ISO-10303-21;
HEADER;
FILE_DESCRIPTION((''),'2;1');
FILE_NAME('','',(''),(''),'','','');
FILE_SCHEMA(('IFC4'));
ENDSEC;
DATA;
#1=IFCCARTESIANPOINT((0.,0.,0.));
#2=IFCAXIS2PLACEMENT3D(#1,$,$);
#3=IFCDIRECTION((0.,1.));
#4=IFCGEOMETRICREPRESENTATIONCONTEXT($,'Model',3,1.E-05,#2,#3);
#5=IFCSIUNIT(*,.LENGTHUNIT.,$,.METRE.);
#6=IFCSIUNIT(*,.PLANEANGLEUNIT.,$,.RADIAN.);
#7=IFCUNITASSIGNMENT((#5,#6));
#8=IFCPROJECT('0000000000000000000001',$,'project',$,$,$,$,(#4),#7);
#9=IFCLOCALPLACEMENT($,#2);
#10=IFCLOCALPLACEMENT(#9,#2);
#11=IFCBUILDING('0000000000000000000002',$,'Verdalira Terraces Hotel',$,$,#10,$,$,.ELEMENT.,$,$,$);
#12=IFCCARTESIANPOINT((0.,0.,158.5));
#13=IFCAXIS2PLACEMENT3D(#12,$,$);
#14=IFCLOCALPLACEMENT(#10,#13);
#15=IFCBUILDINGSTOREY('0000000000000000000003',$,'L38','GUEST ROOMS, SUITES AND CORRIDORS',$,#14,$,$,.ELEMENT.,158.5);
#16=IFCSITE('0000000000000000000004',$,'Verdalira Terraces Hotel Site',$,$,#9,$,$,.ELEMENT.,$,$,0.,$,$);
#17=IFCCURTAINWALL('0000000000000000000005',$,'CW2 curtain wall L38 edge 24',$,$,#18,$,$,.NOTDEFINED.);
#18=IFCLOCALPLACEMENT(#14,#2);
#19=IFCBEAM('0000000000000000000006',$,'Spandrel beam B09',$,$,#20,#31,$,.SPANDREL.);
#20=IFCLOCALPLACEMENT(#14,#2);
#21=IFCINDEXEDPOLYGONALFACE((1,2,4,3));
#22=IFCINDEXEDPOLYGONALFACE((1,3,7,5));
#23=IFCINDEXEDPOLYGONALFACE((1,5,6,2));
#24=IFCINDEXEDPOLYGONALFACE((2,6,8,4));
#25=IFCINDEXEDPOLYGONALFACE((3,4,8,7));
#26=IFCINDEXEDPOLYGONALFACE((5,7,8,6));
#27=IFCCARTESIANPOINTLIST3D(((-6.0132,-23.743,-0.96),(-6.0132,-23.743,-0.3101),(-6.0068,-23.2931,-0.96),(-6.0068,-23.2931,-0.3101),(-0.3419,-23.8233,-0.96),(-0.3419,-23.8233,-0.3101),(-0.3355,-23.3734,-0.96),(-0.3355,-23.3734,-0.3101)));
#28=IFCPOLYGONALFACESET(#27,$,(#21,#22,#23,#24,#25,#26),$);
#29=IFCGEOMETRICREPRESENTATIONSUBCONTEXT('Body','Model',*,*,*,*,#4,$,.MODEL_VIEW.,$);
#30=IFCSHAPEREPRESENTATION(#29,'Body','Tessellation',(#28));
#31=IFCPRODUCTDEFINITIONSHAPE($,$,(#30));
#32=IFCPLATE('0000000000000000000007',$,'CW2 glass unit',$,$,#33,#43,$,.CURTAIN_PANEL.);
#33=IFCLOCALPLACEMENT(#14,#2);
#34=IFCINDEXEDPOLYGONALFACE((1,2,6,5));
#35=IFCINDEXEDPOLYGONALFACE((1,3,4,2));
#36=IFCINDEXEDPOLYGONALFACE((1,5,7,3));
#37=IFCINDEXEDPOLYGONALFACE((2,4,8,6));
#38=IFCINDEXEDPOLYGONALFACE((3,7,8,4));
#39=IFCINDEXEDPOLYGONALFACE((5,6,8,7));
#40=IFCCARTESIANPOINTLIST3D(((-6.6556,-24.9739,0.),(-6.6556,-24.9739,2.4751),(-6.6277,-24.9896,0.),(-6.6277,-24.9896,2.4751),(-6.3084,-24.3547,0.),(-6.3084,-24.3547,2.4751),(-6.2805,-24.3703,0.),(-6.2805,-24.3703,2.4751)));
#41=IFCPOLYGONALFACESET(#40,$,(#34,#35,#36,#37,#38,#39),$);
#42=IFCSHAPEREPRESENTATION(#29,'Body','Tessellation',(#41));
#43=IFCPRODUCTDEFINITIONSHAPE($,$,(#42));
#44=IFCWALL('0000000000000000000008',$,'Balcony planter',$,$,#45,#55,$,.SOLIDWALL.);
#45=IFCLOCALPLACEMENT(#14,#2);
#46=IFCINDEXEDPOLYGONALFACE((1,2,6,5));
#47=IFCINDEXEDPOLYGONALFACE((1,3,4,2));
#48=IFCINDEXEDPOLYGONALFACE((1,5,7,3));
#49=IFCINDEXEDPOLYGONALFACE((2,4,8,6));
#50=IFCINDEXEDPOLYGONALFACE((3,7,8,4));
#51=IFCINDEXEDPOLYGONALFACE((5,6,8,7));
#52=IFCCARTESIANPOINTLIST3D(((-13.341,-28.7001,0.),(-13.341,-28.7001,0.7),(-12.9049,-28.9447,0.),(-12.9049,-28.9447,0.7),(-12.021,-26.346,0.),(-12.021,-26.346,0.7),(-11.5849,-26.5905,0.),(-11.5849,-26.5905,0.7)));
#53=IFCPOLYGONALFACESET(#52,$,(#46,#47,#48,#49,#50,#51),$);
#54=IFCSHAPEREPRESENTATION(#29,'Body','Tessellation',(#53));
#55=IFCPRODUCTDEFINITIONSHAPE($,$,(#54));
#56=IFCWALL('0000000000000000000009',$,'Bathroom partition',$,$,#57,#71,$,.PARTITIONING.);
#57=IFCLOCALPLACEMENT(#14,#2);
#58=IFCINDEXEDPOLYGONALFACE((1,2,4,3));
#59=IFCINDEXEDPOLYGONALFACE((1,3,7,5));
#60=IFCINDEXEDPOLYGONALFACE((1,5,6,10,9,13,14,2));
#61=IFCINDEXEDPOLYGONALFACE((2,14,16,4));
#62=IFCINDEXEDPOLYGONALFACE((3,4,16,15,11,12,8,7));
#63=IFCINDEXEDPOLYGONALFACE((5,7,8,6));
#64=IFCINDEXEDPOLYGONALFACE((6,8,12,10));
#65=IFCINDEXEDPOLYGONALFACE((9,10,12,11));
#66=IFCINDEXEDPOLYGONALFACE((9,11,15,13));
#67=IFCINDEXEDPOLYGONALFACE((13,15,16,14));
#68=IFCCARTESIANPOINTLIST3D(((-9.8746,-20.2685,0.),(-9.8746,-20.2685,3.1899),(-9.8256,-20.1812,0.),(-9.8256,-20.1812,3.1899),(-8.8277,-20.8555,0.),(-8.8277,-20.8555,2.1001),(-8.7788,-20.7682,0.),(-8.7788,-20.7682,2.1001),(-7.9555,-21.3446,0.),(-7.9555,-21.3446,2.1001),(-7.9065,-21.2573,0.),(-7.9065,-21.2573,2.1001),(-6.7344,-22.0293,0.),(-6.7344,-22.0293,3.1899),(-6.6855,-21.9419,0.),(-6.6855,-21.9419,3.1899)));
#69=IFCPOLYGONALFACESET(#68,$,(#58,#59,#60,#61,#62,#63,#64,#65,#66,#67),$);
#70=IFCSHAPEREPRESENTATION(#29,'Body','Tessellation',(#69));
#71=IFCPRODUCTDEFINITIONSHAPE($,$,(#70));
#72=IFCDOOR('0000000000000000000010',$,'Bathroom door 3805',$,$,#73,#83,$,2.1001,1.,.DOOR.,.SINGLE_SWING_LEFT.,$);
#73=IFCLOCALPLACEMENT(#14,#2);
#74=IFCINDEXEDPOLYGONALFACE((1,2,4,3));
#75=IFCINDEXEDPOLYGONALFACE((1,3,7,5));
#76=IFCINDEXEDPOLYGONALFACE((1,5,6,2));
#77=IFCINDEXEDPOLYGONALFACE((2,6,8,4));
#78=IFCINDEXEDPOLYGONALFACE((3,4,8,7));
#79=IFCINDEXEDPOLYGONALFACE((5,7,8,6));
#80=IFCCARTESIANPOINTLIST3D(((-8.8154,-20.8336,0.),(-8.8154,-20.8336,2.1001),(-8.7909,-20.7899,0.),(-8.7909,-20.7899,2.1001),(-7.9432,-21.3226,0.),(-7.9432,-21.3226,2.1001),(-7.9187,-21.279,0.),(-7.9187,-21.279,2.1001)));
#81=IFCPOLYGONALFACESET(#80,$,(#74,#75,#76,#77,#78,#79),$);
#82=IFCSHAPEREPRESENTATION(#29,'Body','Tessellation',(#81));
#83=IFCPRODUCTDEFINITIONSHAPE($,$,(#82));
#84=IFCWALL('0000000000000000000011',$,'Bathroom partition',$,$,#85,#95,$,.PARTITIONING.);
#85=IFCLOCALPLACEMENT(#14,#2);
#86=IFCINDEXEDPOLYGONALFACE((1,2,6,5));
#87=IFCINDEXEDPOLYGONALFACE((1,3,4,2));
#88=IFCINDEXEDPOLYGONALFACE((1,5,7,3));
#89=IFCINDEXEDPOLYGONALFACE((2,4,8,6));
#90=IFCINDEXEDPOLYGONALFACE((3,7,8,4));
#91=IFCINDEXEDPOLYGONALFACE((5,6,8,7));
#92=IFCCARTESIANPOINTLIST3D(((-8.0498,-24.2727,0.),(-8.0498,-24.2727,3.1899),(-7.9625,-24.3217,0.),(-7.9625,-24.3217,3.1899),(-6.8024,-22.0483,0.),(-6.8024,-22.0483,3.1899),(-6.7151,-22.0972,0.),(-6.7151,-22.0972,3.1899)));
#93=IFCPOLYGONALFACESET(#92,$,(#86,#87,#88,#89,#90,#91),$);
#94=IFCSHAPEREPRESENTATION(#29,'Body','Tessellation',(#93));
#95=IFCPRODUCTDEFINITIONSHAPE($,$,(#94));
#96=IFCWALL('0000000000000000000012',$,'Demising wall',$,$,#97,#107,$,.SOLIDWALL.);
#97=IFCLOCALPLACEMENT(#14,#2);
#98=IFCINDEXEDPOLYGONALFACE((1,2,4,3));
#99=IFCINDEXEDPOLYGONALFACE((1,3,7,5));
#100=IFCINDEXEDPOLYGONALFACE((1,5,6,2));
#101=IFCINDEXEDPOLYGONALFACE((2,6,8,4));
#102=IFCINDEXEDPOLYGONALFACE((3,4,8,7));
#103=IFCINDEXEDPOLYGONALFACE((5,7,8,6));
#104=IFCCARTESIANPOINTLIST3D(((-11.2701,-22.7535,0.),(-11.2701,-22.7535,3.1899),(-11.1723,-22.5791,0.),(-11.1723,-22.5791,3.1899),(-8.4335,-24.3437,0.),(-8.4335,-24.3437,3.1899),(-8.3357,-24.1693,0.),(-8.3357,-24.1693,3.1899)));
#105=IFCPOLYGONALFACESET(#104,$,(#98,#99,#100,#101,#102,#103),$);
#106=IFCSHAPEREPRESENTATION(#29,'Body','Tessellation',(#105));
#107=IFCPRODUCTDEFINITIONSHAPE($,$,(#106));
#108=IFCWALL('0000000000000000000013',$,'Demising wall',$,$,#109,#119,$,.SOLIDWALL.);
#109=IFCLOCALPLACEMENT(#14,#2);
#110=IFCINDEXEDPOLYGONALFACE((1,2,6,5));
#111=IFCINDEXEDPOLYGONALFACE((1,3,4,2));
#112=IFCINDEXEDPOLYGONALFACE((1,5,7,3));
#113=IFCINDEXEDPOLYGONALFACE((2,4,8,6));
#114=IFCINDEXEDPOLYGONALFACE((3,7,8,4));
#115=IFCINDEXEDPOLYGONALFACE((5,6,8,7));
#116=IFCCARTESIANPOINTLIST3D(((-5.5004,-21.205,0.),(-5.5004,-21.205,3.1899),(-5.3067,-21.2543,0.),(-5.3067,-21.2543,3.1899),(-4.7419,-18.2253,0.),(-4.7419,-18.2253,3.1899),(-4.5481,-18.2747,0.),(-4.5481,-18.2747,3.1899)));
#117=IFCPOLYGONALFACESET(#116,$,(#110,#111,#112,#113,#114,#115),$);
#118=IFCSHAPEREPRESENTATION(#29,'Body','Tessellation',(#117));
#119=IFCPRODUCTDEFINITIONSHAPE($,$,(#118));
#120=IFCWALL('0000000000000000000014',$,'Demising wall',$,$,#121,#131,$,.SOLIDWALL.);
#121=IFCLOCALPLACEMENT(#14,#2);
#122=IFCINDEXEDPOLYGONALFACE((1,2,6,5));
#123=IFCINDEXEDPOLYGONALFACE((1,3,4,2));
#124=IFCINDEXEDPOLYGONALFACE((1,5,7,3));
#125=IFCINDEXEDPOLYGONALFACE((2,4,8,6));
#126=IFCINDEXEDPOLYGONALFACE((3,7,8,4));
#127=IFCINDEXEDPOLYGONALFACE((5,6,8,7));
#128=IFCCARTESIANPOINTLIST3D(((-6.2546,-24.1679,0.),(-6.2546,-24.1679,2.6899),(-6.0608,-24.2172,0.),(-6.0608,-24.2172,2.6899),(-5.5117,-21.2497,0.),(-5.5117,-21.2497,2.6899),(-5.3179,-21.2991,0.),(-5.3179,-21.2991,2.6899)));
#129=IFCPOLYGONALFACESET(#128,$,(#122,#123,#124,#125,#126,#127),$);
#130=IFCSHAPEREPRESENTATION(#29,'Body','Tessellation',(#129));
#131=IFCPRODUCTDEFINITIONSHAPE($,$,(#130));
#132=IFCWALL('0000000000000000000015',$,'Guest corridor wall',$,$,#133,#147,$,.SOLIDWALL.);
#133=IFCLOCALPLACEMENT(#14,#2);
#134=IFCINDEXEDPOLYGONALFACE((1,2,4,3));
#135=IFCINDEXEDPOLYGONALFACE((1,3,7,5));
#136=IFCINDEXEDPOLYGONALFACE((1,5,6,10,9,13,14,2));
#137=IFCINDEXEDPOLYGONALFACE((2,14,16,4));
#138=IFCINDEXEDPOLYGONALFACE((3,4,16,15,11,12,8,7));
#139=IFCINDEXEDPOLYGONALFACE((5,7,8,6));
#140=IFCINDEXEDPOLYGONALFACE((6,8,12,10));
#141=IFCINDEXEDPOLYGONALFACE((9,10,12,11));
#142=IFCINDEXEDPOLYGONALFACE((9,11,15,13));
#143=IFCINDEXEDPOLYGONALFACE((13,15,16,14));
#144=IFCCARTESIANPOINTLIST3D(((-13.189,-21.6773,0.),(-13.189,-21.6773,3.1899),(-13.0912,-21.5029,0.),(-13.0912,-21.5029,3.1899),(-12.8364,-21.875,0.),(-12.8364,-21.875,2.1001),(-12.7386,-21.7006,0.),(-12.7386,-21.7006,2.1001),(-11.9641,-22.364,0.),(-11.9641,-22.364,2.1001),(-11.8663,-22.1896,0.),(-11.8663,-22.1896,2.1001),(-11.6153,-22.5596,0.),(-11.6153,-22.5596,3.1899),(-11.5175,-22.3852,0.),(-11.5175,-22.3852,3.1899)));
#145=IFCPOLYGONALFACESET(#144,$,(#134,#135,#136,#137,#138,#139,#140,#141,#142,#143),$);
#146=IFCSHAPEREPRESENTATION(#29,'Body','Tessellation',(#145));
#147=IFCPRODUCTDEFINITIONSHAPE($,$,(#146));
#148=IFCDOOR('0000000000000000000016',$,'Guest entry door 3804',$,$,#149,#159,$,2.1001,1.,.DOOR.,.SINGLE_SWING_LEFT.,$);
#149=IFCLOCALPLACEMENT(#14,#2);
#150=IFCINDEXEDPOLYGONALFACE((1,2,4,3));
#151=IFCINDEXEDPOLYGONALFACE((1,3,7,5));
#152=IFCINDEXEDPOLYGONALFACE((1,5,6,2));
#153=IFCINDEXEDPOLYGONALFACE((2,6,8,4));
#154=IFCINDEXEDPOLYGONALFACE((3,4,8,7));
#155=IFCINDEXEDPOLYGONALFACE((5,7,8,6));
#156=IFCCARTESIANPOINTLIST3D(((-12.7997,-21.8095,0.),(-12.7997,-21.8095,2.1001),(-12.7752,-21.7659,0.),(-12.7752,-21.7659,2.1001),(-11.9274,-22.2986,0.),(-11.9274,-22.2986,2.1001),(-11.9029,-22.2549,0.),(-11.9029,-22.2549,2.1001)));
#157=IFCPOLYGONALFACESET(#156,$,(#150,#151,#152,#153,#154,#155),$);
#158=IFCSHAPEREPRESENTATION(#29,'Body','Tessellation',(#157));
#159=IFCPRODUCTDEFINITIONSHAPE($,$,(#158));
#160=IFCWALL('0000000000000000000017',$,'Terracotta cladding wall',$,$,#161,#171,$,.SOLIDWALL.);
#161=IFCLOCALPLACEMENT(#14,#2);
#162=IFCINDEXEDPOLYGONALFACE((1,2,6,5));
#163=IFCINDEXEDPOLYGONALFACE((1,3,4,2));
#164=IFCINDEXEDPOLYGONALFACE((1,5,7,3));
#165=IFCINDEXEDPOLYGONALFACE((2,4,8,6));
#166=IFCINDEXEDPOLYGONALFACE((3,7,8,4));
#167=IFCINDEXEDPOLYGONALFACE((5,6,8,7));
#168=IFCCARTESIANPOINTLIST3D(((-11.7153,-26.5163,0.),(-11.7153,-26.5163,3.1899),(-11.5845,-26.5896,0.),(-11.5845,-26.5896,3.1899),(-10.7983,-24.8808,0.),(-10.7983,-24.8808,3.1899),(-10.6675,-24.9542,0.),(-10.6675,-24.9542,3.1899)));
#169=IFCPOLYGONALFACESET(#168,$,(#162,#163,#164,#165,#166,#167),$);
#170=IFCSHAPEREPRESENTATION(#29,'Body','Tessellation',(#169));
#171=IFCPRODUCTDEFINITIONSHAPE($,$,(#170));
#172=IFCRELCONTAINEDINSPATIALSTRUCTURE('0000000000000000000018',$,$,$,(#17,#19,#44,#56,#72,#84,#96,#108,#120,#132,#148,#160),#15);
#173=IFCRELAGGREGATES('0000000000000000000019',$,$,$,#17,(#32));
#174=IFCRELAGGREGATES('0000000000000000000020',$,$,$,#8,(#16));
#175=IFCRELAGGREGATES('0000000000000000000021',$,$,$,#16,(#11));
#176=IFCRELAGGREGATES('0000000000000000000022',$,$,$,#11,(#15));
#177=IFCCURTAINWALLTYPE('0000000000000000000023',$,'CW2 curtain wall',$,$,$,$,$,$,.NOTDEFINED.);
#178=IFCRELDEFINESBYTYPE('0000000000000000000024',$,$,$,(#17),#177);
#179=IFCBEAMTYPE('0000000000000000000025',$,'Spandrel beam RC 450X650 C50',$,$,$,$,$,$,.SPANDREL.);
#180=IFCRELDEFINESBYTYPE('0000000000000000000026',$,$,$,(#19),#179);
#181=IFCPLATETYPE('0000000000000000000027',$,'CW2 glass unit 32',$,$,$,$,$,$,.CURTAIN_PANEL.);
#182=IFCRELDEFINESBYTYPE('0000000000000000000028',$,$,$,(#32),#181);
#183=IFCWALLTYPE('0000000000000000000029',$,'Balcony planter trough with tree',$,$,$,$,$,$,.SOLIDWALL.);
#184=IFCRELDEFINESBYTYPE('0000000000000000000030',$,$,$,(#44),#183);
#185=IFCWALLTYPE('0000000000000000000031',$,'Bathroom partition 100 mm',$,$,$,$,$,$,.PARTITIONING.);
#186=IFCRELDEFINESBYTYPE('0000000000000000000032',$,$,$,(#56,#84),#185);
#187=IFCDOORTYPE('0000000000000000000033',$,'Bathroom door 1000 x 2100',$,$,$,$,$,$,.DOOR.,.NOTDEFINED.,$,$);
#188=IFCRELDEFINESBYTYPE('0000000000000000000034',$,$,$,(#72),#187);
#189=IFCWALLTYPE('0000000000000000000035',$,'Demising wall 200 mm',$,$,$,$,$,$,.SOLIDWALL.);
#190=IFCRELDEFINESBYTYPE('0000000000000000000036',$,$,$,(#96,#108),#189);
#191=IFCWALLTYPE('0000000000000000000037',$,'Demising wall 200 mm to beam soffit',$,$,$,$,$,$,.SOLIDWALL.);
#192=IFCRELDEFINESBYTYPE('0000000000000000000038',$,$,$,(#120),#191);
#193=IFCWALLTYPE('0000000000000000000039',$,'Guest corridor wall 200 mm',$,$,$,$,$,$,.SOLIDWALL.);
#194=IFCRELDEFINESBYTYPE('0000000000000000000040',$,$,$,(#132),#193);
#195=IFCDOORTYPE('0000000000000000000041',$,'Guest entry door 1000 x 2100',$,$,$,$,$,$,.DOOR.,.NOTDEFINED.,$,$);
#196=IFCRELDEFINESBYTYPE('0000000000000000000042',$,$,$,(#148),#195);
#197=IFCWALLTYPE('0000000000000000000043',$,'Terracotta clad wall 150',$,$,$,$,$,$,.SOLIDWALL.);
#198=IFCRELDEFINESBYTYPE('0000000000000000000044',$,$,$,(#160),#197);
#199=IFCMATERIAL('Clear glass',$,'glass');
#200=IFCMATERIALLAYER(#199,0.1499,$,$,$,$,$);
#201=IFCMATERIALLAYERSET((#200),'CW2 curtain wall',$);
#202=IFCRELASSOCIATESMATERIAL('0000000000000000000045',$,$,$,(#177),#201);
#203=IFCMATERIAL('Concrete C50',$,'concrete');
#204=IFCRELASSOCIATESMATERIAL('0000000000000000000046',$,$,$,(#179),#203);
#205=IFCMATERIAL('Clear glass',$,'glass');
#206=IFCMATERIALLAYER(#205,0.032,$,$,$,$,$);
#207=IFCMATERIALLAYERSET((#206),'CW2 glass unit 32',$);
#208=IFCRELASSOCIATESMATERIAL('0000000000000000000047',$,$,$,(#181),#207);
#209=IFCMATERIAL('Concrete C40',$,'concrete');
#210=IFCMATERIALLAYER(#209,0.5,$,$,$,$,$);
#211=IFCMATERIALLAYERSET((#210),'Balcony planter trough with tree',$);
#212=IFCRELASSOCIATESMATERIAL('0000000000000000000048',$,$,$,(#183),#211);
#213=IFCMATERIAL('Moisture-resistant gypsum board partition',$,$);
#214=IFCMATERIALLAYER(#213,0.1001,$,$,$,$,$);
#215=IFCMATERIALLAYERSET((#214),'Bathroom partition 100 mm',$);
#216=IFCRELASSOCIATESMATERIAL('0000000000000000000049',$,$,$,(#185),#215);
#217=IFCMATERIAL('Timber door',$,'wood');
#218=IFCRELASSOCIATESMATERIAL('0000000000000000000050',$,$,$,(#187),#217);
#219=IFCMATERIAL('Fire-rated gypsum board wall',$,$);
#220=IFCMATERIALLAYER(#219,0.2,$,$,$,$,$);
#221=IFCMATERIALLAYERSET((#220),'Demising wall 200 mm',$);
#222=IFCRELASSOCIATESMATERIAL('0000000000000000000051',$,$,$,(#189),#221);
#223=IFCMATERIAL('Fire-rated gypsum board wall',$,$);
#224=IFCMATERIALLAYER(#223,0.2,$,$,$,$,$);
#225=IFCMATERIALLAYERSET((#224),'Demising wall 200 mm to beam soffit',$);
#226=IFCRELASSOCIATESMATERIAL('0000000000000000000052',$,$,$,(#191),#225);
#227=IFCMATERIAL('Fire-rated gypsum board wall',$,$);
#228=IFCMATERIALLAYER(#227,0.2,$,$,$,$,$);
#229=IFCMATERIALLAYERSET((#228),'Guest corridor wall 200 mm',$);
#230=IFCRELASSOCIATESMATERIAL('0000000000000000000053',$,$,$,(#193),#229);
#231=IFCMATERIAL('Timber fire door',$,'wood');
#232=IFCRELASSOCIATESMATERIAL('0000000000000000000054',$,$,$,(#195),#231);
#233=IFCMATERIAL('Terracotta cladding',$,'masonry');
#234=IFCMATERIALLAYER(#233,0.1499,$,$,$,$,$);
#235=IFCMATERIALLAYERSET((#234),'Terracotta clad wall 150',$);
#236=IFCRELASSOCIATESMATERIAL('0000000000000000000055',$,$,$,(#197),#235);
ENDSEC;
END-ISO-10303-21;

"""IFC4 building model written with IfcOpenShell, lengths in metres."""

from ifc_helpers import new_model, si_unit, direction, frame, frame_2d, origin, origin_2d, place, context, subcontext, project, spatial, rectangle, extrude, material, layer, layer_set, material_profile, profile_set, type_object, element, fill, aggregate, save


model = new_model("IFC4")

# Units and contexts
model_context = context("Model", 3, precision=1e-05, world=origin(), true_north=direction((0.0, 1.0)))
body_context = subcontext(model_context, "Body", "Model", "MODEL_VIEW")
ifc_project = project(units=[si_unit("LENGTHUNIT", "METRE"), si_unit("PLANEANGLEUNIT", "RADIAN")], contexts=[model_context])

# Site, building, storey
site_placement = place(None, origin())
site = spatial("IfcSite", under=ifc_project, at=site_placement, Name="Verdalira Terraces Hotel Site", CompositionType="ELEMENT", RefElevation=0.0)
building_placement = place(site_placement, origin())
building = spatial("IfcBuilding", under=site, at=building_placement, Name="Verdalira Terraces Hotel", CompositionType="ELEMENT")
storey_placement = place(building_placement, frame((0.0, 0.0, 158.5)))
storey = spatial("IfcBuildingStorey", under=building, at=storey_placement, Name="L38", Description="GUEST ROOMS, SUITES AND CORRIDORS", CompositionType="ELEMENT", Elevation=158.5)

# Curtain wall
ifc_material_1 = material(Name="Clear glass", Category="glass")
ifc_layer_1 = layer(ifc_material_1, 0.1499)
ifc_layer_set_1 = layer_set([ifc_layer_1], Name="CW2 curtain wall")
curtain_wall_type_1 = type_object("IfcCurtainWallType", Name="CW2 curtain wall", PredefinedType="NOTDEFINED", material=ifc_layer_set_1)
curtain_wall_1_placement = place(storey_placement, origin())
curtain_wall_1 = element("IfcCurtainWall", 1, at=curtain_wall_1_placement, inside=storey, type_object=curtain_wall_type_1, Name="CW2 curtain wall L38 edge 24", PredefinedType="NOTDEFINED")

# Beam
ifc_material_2 = material(Name="Concrete C50", Category="concrete")
ifc_material_profile_1 = material_profile(ifc_material_2, rectangle(XDim=0.45, YDim=0.6499, at=origin_2d()), Name="RC 450X650")
ifc_profile_set_1 = profile_set([ifc_material_profile_1], Name="Concrete C50")
beam_type_1 = type_object("IfcBeamType", Name="Spandrel beam RC 450X650 C50", PredefinedType="SPANDREL", material=ifc_profile_set_1)
beam_1_placement = place(storey_placement, frame((-6.01, -23.5181, -0.635), z_axis=(0.9999, -0.014161, 0.0), x_axis=(0.014161, 0.9999, 0.0)))
element("IfcBeam", 2, at=beam_1_placement, inside=storey, type_object=beam_type_1, Name="Spandrel beam B09", PredefinedType="SPANDREL", context=body_context, shape_type="SweptSolid", body=[
    extrude(rectangle(XDim=0.45, YDim=0.6499, at=origin_2d()), origin(), (0.0, 0.0, 1.0), 5.6719),
])

# Plate
ifc_material_3 = material(Name="Clear glass", Category="glass")
ifc_layer_2 = layer(ifc_material_3, 0.032)
ifc_layer_set_2 = layer_set([ifc_layer_2], Name="CW2 glass unit 32")
plate_type = type_object("IfcPlateType", Name="CW2 glass unit 32", PredefinedType="CURTAIN_PANEL", material=ifc_layer_set_2)
plate_placement = place(storey_placement, frame((-6.468, -24.6721, 0.0), z_axis=(0.0, 0.0, 1.0), x_axis=(0.489078, 0.87224, 0.0)))
plate = element("IfcPlate", 3, at=plate_placement, type_object=plate_type, Name="CW2 glass unit", PredefinedType="CURTAIN_PANEL", context=body_context, shape_type="SweptSolid", body=[
    extrude(rectangle(XDim=0.71, YDim=0.032, at=origin_2d()), origin(), (0.0, 0.0, 1.0), 2.4751),
])
aggregate(curtain_wall_1, [plate])

# Wall
ifc_material_4 = material(Name="Concrete C40", Category="concrete")
ifc_layer_3 = layer(ifc_material_4, 0.5)
ifc_layer_set_3 = layer_set([ifc_layer_3], Name="Balcony planter trough with tree")
wall_type_1 = type_object("IfcWallType", Name="Balcony planter trough with tree", PredefinedType="SOLIDWALL", material=ifc_layer_set_3)
wall_1_placement = place(storey_placement, frame((-13.123, -28.8225, 0.0), z_axis=(0.0, 0.0, 1.0), x_axis=(0.48908, 0.872239, 0.0)))
element("IfcWall", 4, at=wall_1_placement, inside=storey, type_object=wall_type_1, Name="Balcony planter", PredefinedType="SOLIDWALL", context=body_context, shape_type="SweptSolid", body=[
    extrude(rectangle(XDim=2.699, YDim=0.5, at=frame_2d((1.3496, 0.0))), origin(), (0.0, 0.0, 1.0), 0.7),
])

# Wall, opening, door
ifc_material_5 = material(Name="Moisture-resistant gypsum board partition")
ifc_layer_4 = layer(ifc_material_5, 0.1001)
ifc_layer_set_4 = layer_set([ifc_layer_4], Name="Bathroom partition 100 mm")
wall_type_2 = type_object("IfcWallType", Name="Bathroom partition 100 mm", PredefinedType="PARTITIONING", material=ifc_layer_set_4)
wall_2_placement = place(storey_placement, frame((-6.71, -21.9856, 0.0), z_axis=(0.0, 0.0, 1.0), x_axis=(-0.872238, 0.489082, 0.0)))
wall_2 = element("IfcWall", 5, at=wall_2_placement, inside=storey, type_object=wall_type_2, Name="Bathroom partition", PredefinedType="PARTITIONING", context=body_context, shape_type="SweptSolid", body=[
    extrude(rectangle(XDim=3.6001, YDim=0.1001, at=frame_2d((1.8, 0.0))), origin(), (0.0, 0.0, 1.0), 3.1899),
])
opening_1_placement = place(wall_2_placement, frame((1.3999, 0.0, 0.0)))
opening_1 = element("IfcOpeningElement", 6, at=opening_1_placement, cuts=wall_2, PredefinedType="OPENING", context=body_context, shape_type="SweptSolid", body=[
    extrude(rectangle(XDim=1.0, YDim=2.1001, at=frame_2d((0.5, 1.05))), frame((0.0, 0.0601, 0.0), z_axis=(0.0, -1.0, 0.0), x_axis=(1.0, 0.0, 0.0)), (0.0, 0.0, 1.0), 0.1201),
])
ifc_material_6 = material(Name="Timber door", Category="wood")
door_type_1 = type_object("IfcDoorType", Name="Bathroom door 1000 x 2100", OperationType="NOTDEFINED", PredefinedType="DOOR", material=ifc_material_6)
door_1_placement = place(opening_1_placement, origin())
door_1 = element("IfcDoor", 7, at=door_1_placement, inside=storey, type_object=door_type_1, Name="Bathroom door 3805", OperationType="SINGLE_SWING_LEFT", OverallHeight=2.1001, OverallWidth=1.0, PredefinedType="DOOR", context=body_context, shape_type="SweptSolid", body=[
    extrude(rectangle(XDim=1.0, YDim=2.1001, at=frame_2d((0.5, 1.05))), frame((0.0, 0.0249, 0.0), z_axis=(0.0, -1.0, 0.0), x_axis=(1.0, 0.0, 0.0)), (0.0, 0.0, 1.0), 0.05),
])
fill(opening_1, door_1)

# Walls
wall_3_placement = place(storey_placement, frame((-6.7588, -22.0728, 0.0), z_axis=(0.0, 0.0, 1.0), x_axis=(-0.489102, -0.872227, 0.0)))
element("IfcWall", 8, at=wall_3_placement, inside=storey, type_object=wall_type_2, Name="Bathroom partition", PredefinedType="PARTITIONING", context=body_context, shape_type="SweptSolid", body=[
    extrude(rectangle(XDim=2.5503, YDim=0.1001, at=frame_2d((1.2751, 0.0))), origin(), (0.0, 0.0, 1.0), 3.1899),
])
ifc_material_7 = material(Name="Fire-rated gypsum board wall")
ifc_layer_5 = layer(ifc_material_7, 0.2)
ifc_layer_set_5 = layer_set([ifc_layer_5], Name="Demising wall 200 mm")
wall_type_3 = type_object("IfcWallType", Name="Demising wall 200 mm", PredefinedType="SOLIDWALL", material=ifc_layer_set_5)
wall_4_placement = place(storey_placement, frame((-11.2212, -22.6663, 0.0), z_axis=(0.0, 0.0, 1.0), x_axis=(0.87227, -0.489024, 0.0)))
element("IfcWall", 9, at=wall_4_placement, inside=storey, type_object=wall_type_3, Name="Demising wall", PredefinedType="SOLIDWALL", context=body_context, shape_type="SweptSolid", body=[
    extrude(rectangle(XDim=3.252, YDim=0.2, at=frame_2d((1.626, 0.0))), origin(), (0.0, 0.0, 1.0), 3.1899),
])
wall_5_placement = place(storey_placement, frame((-4.645, -18.25, 0.0), z_axis=(0.0, 0.0, 1.0), x_axis=(-0.2467, -0.969092, 0.0)))
element("IfcWall", 10, at=wall_5_placement, inside=storey, type_object=wall_type_3, Name="Demising wall", PredefinedType="SOLIDWALL", context=body_context, shape_type="SweptSolid", body=[
    extrude(rectangle(XDim=3.0747, YDim=0.2, at=frame_2d((1.5374, 0.0))), origin(), (0.0, 0.0, 1.0), 3.1899),
])
ifc_material_8 = material(Name="Fire-rated gypsum board wall")
ifc_layer_6 = layer(ifc_material_8, 0.2)
ifc_layer_set_6 = layer_set([ifc_layer_6], Name="Demising wall 200 mm to beam soffit")
wall_type_4 = type_object("IfcWallType", Name="Demising wall 200 mm to beam soffit", PredefinedType="SOLIDWALL", material=ifc_layer_set_6)
wall_6_placement = place(storey_placement, frame((-5.4148, -21.2744, 0.0), z_axis=(0.0, 0.0, 1.0), x_axis=(-0.246711, -0.969089, 0.0)))
element("IfcWall", 11, at=wall_6_placement, inside=storey, type_object=wall_type_4, Name="Demising wall", PredefinedType="SOLIDWALL", context=body_context, shape_type="SweptSolid", body=[
    extrude(rectangle(XDim=3.0112, YDim=0.2, at=frame_2d((1.5056, 0.0))), origin(), (0.0, 0.0, 1.0), 2.6899),
])

# Wall, opening, door
ifc_material_9 = material(Name="Fire-rated gypsum board wall")
ifc_layer_7 = layer(ifc_material_9, 0.2)
ifc_layer_set_7 = layer_set([ifc_layer_7], Name="Guest corridor wall 200 mm")
wall_type_5 = type_object("IfcWallType", Name="Guest corridor wall 200 mm", PredefinedType="SOLIDWALL", material=ifc_layer_set_7)
wall_7_placement = place(storey_placement, frame((-11.5664, -22.4724, 0.0), z_axis=(0.0, 0.0, 1.0), x_axis=(-0.872261, 0.48904, 0.0)))
wall_7 = element("IfcWall", 12, at=wall_7_placement, inside=storey, type_object=wall_type_5, Name="Guest corridor wall", PredefinedType="SOLIDWALL", context=body_context, shape_type="SweptSolid", body=[
    extrude(rectangle(XDim=1.8042, YDim=0.2, at=frame_2d((0.9021, 0.0))), origin(), (0.0, 0.0, 1.0), 3.1899),
])
opening_2_placement = place(wall_7_placement, frame((0.3999, 0.0, 0.0)))
opening_2 = element("IfcOpeningElement", 13, at=opening_2_placement, cuts=wall_7, PredefinedType="OPENING", context=body_context, shape_type="SweptSolid", body=[
    extrude(rectangle(XDim=1.0, YDim=2.1001, at=frame_2d((0.5, 1.05))), frame((0.0, 0.1099, 0.0), z_axis=(0.0, -1.0, 0.0), x_axis=(1.0, 0.0, 0.0)), (0.0, 0.0, 1.0), 0.22),
])
ifc_material_10 = material(Name="Timber fire door", Category="wood")
door_type_2 = type_object("IfcDoorType", Name="Guest entry door 1000 x 2100", OperationType="NOTDEFINED", PredefinedType="DOOR", material=ifc_material_10)
door_2_placement = place(opening_2_placement, origin())
door_2 = element("IfcDoor", 14, at=door_2_placement, inside=storey, type_object=door_type_2, Name="Guest entry door 3804", OperationType="SINGLE_SWING_LEFT", OverallHeight=2.1001, OverallWidth=1.0, PredefinedType="DOOR", context=body_context, shape_type="SweptSolid", body=[
    extrude(rectangle(XDim=1.0, YDim=2.1001, at=frame_2d((0.5, 1.05))), frame((0.0, 0.0249, 0.0), z_axis=(0.0, -1.0, 0.0), x_axis=(1.0, 0.0, 0.0)), (0.0, 0.0, 1.0), 0.05),
])
fill(opening_2, door_2)

# Wall
ifc_material_11 = material(Name="Terracotta cladding", Category="masonry")
ifc_layer_8 = layer(ifc_material_11, 0.1499)
ifc_layer_set_8 = layer_set([ifc_layer_8], Name="Terracotta clad wall 150")
wall_type_6 = type_object("IfcWallType", Name="Terracotta clad wall 150", PredefinedType="SOLIDWALL", material=ifc_layer_set_8)
wall_8_placement = place(storey_placement, frame((-11.6499, -26.553, 0.0), z_axis=(0.0, 0.0, 1.0), x_axis=(0.489055, 0.872253, 0.0)))
element("IfcWall", 15, at=wall_8_placement, inside=storey, type_object=wall_type_6, Name="Terracotta cladding wall", PredefinedType="SOLIDWALL", context=body_context, shape_type="SweptSolid", body=[
    extrude(rectangle(XDim=1.875, YDim=0.1499, at=frame_2d((0.9375, 0.0))), origin(), (0.0, 0.0, 1.0), 3.1899),
])

save(model, "model.ifc")
